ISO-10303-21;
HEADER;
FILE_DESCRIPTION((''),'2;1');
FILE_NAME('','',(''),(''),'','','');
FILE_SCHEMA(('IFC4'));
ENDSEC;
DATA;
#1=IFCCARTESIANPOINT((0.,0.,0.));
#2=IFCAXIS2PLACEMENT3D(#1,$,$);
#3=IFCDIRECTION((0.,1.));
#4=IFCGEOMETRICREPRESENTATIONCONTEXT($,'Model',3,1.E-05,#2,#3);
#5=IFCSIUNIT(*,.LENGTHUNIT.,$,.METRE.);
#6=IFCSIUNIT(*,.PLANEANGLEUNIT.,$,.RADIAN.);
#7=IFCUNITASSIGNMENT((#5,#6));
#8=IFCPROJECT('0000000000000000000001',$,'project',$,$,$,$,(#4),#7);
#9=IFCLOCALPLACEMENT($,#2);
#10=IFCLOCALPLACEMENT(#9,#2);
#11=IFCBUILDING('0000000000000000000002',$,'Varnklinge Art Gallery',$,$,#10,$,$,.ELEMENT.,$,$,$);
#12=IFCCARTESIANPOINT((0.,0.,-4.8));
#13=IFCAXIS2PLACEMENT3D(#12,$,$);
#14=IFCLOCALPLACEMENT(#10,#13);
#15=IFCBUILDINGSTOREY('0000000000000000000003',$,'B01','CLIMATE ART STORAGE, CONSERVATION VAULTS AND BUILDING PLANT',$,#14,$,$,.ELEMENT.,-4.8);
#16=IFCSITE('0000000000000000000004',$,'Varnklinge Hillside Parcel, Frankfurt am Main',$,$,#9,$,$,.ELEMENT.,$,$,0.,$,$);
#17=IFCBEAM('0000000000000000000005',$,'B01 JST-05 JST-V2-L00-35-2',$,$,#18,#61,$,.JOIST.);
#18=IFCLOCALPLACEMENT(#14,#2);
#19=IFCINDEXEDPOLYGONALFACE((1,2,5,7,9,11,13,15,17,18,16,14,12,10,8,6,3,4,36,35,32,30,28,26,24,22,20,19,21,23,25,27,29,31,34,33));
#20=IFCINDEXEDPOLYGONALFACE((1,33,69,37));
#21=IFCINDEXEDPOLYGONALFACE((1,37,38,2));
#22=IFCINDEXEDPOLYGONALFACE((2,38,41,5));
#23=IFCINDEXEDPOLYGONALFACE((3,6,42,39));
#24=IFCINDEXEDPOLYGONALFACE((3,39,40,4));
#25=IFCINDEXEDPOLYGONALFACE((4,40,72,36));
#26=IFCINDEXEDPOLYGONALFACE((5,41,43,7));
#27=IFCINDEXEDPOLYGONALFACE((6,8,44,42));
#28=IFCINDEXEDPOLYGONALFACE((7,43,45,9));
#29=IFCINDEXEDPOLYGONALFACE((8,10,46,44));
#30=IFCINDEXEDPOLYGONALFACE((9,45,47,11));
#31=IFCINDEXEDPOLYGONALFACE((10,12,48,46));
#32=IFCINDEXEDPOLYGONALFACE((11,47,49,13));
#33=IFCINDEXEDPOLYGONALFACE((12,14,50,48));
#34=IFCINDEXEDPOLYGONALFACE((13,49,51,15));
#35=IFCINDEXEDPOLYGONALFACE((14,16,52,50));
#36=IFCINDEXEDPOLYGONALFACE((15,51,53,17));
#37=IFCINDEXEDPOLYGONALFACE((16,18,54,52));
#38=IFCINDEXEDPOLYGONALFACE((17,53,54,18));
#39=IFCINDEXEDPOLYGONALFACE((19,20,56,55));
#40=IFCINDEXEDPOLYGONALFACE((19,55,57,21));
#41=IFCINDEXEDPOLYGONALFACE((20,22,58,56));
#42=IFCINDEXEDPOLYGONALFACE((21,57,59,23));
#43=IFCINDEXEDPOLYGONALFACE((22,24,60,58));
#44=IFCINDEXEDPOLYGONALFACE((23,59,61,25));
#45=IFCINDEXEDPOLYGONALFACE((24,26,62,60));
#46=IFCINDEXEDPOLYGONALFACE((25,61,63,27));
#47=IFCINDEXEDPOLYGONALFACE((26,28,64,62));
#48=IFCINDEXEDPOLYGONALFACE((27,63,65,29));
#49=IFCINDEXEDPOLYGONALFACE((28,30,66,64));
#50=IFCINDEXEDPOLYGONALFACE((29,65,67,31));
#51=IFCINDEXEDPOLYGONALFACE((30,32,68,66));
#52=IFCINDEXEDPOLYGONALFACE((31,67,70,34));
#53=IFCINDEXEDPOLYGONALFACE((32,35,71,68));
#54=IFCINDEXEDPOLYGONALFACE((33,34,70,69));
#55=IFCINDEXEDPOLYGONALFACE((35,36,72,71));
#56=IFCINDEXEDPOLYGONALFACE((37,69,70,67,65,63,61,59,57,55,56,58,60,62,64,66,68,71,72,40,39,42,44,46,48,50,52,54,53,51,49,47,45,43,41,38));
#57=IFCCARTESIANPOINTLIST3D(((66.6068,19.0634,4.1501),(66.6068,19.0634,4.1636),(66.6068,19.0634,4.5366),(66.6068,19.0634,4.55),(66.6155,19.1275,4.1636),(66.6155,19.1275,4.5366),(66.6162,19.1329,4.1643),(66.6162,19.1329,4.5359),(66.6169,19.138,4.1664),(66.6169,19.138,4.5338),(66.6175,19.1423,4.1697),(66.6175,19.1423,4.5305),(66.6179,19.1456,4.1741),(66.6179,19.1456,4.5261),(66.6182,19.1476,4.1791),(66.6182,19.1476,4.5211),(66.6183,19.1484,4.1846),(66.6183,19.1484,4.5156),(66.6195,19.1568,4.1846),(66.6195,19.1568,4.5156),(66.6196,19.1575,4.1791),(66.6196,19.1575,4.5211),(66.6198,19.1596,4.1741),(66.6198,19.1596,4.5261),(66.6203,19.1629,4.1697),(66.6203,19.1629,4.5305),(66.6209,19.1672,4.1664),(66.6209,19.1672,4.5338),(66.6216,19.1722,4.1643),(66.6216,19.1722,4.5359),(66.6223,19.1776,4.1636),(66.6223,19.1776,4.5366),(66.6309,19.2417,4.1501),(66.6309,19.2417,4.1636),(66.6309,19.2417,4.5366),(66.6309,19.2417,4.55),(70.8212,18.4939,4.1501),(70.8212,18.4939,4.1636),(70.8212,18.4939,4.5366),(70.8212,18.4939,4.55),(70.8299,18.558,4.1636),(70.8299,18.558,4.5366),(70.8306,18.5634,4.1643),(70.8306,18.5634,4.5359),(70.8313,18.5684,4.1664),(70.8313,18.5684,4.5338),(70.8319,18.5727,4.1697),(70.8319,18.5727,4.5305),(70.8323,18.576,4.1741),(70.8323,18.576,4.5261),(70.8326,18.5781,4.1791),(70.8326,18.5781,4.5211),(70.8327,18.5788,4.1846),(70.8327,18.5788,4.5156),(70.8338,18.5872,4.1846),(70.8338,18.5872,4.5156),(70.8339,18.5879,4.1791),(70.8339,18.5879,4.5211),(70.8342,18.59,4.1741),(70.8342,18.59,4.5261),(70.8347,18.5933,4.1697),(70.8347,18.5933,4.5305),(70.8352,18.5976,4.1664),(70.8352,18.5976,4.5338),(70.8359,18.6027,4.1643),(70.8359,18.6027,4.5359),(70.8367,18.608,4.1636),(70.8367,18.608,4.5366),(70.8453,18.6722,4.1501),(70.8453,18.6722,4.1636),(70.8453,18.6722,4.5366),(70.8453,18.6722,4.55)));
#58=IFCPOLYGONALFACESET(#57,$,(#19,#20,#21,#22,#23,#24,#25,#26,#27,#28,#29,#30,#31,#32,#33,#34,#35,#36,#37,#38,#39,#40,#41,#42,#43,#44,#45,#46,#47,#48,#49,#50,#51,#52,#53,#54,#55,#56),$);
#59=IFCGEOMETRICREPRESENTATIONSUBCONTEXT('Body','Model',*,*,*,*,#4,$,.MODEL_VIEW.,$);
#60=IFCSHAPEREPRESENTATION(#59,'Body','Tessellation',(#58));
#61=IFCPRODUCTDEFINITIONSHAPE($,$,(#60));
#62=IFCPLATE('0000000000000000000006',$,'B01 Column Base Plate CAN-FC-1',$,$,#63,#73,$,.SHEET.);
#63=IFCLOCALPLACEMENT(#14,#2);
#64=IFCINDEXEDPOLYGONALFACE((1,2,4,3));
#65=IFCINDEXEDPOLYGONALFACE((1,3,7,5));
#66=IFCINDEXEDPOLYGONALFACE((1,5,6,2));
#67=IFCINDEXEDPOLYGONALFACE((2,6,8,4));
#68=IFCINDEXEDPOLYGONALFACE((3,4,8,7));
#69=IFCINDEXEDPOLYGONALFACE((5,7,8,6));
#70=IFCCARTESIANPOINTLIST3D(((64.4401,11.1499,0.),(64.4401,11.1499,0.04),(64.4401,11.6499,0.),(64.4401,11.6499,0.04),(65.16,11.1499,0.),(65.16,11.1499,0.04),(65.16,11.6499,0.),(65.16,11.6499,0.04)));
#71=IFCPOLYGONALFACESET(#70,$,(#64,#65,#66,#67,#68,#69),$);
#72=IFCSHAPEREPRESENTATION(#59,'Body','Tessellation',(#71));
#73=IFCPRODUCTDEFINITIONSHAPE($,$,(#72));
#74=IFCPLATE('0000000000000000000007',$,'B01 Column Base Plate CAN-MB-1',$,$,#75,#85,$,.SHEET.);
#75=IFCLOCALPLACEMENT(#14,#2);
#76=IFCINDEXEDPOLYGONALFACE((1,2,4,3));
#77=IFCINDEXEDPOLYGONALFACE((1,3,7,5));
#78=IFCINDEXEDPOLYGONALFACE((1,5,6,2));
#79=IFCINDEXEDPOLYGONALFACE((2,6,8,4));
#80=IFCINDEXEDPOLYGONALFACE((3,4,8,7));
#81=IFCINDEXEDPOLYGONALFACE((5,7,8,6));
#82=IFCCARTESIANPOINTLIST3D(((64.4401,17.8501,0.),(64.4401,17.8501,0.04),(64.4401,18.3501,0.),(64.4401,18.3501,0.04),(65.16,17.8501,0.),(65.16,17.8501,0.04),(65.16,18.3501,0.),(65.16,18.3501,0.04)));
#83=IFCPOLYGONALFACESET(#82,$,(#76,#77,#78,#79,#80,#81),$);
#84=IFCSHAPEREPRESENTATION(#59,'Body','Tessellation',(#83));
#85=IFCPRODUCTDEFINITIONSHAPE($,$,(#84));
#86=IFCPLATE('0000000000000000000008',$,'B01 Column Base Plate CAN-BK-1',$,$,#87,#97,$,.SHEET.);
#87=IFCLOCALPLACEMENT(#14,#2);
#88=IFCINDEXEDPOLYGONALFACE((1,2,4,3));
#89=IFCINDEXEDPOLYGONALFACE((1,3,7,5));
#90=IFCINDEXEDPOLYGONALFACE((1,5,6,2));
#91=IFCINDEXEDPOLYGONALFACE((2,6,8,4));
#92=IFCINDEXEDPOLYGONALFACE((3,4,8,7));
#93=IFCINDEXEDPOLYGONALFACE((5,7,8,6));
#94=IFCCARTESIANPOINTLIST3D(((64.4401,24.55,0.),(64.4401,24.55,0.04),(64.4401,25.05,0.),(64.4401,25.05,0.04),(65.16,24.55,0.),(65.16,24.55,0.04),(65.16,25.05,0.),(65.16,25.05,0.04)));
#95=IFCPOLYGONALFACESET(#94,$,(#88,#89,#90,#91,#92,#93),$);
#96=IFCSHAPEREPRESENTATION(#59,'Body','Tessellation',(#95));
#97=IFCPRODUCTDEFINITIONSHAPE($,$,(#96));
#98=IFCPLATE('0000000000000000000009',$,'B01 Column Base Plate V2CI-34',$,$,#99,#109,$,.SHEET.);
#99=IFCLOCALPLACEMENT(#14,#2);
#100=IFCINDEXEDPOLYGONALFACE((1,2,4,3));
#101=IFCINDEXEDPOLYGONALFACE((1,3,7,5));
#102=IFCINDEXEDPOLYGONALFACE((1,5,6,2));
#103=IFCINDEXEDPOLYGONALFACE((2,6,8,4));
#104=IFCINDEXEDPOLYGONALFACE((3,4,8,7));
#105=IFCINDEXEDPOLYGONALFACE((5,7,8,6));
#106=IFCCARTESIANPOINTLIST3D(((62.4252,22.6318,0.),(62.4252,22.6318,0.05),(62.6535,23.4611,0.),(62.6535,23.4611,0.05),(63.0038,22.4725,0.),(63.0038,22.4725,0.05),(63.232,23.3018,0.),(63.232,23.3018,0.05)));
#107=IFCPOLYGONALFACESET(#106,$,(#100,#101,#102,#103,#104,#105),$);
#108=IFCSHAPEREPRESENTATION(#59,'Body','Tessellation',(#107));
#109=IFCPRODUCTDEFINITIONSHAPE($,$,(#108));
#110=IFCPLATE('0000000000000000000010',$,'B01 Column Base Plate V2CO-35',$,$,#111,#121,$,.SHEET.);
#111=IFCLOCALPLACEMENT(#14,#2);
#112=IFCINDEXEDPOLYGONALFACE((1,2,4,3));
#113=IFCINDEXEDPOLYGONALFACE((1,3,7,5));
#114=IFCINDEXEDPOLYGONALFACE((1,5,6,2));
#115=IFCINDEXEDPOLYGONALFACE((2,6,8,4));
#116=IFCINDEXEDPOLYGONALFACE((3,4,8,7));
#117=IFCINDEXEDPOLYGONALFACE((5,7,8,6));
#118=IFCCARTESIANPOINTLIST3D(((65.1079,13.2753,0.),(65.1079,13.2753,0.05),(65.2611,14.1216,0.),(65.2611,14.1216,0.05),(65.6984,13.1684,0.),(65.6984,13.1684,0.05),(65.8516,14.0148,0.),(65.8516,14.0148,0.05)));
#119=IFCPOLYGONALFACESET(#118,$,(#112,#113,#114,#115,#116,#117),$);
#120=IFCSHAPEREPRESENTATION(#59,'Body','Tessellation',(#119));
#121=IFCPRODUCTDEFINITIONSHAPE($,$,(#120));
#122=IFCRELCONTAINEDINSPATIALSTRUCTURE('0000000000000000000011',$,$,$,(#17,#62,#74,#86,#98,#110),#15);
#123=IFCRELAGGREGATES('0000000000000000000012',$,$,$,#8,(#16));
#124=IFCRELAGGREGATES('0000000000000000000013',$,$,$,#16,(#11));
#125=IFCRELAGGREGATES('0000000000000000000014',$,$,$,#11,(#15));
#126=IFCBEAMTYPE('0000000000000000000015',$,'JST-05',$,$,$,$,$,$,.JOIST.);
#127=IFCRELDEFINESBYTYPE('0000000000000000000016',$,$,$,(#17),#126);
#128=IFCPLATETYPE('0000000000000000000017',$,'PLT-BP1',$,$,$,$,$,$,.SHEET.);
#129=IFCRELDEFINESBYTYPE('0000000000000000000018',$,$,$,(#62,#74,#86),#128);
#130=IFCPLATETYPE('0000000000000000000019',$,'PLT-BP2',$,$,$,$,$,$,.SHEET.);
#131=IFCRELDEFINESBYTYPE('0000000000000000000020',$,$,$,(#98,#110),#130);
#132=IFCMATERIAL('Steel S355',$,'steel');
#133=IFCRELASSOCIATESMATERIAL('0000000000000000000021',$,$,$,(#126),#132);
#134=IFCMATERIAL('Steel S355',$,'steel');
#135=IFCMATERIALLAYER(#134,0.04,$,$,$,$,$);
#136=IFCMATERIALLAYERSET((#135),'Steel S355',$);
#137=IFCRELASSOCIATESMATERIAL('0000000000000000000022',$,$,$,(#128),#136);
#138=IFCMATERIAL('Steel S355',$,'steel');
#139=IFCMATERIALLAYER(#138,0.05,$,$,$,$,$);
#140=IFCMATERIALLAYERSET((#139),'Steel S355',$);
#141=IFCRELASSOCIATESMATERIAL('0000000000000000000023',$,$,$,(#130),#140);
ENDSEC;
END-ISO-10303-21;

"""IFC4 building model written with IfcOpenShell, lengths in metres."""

from ifc_helpers import new_model, si_unit, direction, frame, origin, origin_2d, place, context, subcontext, project, spatial, rectangle, i_section, extrude, material, layer, layer_set, material_profile, profile_set, type_object, element, save


model = new_model("IFC4")

# Units and contexts
model_context = context("Model", 3, precision=1e-05, world=origin(), true_north=direction((0.0, 1.0)))
body_context = subcontext(model_context, "Body", "Model", "MODEL_VIEW")
ifc_project = project(units=[si_unit("LENGTHUNIT", "METRE"), si_unit("PLANEANGLEUNIT", "RADIAN")], contexts=[model_context])

# Site, building, storey
site_placement = place(None, origin())
site = spatial("IfcSite", under=ifc_project, at=site_placement, Name="Varnklinge Hillside Parcel, Frankfurt am Main", CompositionType="ELEMENT", RefElevation=0.0)
building_placement = place(site_placement, origin())
building = spatial("IfcBuilding", under=site, at=building_placement, Name="Varnklinge Art Gallery", CompositionType="ELEMENT")
storey_placement = place(building_placement, frame((0.0, 0.0, -4.8)))
storey = spatial("IfcBuildingStorey", under=building, at=storey_placement, Name="B01", Description="CLIMATE ART STORAGE, CONSERVATION VAULTS AND BUILDING PLANT", CompositionType="ELEMENT", Elevation=-4.8)

# Beam
ifc_material_1 = material(Name="Steel S355", Category="steel")
ifc_material_profile_1 = material_profile(ifc_material_1, i_section(OverallWidth=0.1799, OverallDepth=0.3999, WebThickness=0.0085, FlangeThickness=0.0134, FilletRadius=0.021, at=origin_2d()), Name="IPE 400")
ifc_profile_set_1 = profile_set([ifc_material_profile_1], Name="Steel S355")
beam_type_1 = type_object("IfcBeamType", Name="JST-05", PredefinedType="JOIST", material=ifc_profile_set_1)
beam_1_placement = place(storey_placement, frame((66.6189, 19.1526, 4.3501), z_axis=(0.99099, -0.133935, 0.0), x_axis=(0.133935, 0.99099, 0.0)))
element("IfcBeam", 1, at=beam_1_placement, inside=storey, type_object=beam_type_1, Name="B01 JST-05 JST-V2-L00-35-2", PredefinedType="JOIST", context=body_context, shape_type="SweptSolid", body=[
    extrude(i_section(OverallWidth=0.1799, OverallDepth=0.3999, WebThickness=0.0085, FlangeThickness=0.0134, FilletRadius=0.021, at=origin_2d()), origin(), (0.0, 0.0, 1.0), 4.2527),
])

# Plates
ifc_material_2 = material(Name="Steel S355", Category="steel")
ifc_layer_1 = layer(ifc_material_2, 0.04)
ifc_layer_set_1 = layer_set([ifc_layer_1], Name="Steel S355")
plate_type_1 = type_object("IfcPlateType", Name="PLT-BP1", PredefinedType="SHEET", material=ifc_layer_set_1)
for number, where, z_axis, x_axis, name in (
    (2, (64.8, 11.3999, 0.0), (0.0, 0.0, 1.0), (1.0, 0.0, 0.0), "B01 Column Base Plate CAN-FC-1"),
    (3, (64.8, 18.1001, 0.0), (0.0, 0.0, 1.0), (1.0, 0.0, 0.0), "B01 Column Base Plate CAN-MB-1"),
    (4, (64.8, 24.8, 0.0), (0.0, 0.0, 1.0), (1.0, 0.0, 0.0), "B01 Column Base Plate CAN-BK-1"),
):
    element("IfcPlate", number, at=place(storey_placement, frame(where, z_axis=z_axis, x_axis=x_axis)), inside=storey, type_object=plate_type_1, Name=name, PredefinedType="SHEET", context=body_context, shape_type="SweptSolid", body=[
        extrude(rectangle(XDim=0.72, YDim=0.5, at=origin_2d()), origin(), (0.0, 0.0, 1.0), 0.04),
    ])
ifc_material_3 = material(Name="Steel S355", Category="steel")
ifc_layer_2 = layer(ifc_material_3, 0.05)
ifc_layer_set_2 = layer_set([ifc_layer_2], Name="Steel S355")
plate_type_2 = type_object("IfcPlateType", Name="PLT-BP2", PredefinedType="SHEET", material=ifc_layer_set_2)
for number, where, z_axis, x_axis, name in (
    (5, (62.8286, 22.9668, 0.0), (0.0, 0.0, 1.0), (0.265388, 0.964142, 0.0), "B01 Column Base Plate V2CI-34"),
    (6, (65.4797, 13.645, 0.0), (0.0, 0.0, 1.0), (0.178115, 0.98401, 0.0), "B01 Column Base Plate V2CO-35"),
):
    element("IfcPlate", number, at=place(storey_placement, frame(where, z_axis=z_axis, x_axis=x_axis)), inside=storey, type_object=plate_type_2, Name=name, PredefinedType="SHEET", context=body_context, shape_type="SweptSolid", body=[
        extrude(rectangle(XDim=0.8601, YDim=0.6001, at=origin_2d()), origin(), (0.0, 0.0, 1.0), 0.05),
    ])

save(model, "model.ifc")
